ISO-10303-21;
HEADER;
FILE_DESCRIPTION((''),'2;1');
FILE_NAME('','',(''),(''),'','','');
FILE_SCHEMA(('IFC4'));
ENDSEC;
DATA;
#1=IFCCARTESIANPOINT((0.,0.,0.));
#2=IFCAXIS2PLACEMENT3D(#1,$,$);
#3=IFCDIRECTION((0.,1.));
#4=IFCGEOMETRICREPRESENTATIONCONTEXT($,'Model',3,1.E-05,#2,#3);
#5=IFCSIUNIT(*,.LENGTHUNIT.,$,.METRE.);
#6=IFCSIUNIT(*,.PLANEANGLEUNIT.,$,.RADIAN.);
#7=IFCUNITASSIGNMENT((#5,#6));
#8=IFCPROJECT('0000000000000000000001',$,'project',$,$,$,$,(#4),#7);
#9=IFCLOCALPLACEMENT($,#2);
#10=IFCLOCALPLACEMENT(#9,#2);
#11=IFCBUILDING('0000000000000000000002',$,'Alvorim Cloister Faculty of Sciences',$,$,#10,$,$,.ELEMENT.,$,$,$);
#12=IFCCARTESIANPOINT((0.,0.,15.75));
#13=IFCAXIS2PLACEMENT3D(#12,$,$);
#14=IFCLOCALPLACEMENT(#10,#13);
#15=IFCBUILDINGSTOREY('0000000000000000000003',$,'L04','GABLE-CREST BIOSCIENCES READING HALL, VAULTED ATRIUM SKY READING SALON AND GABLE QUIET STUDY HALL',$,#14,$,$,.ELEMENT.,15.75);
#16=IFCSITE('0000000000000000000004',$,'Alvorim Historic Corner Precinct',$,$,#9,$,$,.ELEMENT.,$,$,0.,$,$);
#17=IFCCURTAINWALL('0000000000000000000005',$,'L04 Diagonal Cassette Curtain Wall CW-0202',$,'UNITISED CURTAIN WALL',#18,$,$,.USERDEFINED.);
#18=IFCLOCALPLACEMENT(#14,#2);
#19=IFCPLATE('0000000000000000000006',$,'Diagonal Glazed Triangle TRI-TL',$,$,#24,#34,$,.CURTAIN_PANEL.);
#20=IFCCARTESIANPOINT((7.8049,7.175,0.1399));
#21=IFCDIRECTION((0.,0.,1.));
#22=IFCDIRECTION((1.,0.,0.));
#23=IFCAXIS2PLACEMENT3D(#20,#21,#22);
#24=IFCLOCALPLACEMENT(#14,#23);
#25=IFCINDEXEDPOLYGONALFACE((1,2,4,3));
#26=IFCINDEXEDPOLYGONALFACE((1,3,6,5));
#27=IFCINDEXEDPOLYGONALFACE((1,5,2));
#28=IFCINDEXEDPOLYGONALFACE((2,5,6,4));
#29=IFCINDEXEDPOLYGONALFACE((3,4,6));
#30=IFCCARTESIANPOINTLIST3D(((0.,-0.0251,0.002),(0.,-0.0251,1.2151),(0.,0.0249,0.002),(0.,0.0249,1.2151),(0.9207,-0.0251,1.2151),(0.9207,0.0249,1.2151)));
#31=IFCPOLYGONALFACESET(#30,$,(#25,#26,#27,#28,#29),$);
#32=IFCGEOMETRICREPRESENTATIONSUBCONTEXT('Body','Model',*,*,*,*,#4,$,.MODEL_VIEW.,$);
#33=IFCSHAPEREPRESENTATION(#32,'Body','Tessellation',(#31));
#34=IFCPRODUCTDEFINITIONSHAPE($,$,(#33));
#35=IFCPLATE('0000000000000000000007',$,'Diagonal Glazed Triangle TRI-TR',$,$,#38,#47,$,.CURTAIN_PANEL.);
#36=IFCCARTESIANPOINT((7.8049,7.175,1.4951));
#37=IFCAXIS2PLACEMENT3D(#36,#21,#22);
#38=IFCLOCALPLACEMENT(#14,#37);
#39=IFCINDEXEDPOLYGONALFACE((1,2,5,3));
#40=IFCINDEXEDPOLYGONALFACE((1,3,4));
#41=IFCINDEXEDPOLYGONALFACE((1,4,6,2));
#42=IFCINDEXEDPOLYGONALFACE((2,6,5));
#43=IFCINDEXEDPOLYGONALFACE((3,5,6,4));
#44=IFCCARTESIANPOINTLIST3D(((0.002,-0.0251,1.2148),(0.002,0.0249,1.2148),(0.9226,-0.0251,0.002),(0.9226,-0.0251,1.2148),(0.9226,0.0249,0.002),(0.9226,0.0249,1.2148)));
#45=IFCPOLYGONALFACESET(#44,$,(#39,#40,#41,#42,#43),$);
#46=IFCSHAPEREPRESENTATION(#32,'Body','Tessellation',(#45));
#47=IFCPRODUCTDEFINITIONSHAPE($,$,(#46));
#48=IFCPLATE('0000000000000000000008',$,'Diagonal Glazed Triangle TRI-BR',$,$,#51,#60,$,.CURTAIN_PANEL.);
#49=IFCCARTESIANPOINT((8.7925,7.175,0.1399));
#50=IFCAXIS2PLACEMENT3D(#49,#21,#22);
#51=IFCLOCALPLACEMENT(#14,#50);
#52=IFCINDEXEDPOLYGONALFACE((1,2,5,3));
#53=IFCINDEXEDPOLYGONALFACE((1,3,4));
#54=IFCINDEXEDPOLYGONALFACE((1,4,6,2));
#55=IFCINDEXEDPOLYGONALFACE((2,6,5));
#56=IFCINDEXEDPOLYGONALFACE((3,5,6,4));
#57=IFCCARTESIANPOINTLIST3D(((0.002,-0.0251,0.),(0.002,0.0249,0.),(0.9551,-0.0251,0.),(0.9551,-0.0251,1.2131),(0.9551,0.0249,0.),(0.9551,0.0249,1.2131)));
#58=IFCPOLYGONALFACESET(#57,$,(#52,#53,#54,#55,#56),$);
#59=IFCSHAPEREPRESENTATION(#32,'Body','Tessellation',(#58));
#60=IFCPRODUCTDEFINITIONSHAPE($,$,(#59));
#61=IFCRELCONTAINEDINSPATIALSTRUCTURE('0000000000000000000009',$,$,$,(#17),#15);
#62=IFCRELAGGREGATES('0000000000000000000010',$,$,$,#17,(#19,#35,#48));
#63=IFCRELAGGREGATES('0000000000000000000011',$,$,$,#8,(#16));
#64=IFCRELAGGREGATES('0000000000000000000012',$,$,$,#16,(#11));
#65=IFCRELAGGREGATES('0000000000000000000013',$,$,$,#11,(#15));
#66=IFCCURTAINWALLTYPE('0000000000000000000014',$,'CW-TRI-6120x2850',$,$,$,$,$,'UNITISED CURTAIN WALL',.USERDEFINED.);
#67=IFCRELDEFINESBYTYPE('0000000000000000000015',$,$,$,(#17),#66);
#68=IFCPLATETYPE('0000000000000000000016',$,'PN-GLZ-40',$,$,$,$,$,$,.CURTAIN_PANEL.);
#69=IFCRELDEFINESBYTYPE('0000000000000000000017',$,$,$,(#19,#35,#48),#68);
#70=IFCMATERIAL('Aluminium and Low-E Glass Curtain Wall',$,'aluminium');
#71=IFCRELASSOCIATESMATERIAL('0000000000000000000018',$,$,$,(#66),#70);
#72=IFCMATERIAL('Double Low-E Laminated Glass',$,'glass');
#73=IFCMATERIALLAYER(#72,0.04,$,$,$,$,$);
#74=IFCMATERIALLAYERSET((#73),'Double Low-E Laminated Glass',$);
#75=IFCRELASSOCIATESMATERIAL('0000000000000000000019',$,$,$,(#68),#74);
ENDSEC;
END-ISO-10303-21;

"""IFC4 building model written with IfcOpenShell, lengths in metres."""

from ifc_helpers import new_model, si_unit, direction, frame, origin, place, context, subcontext, project, spatial, polyline, outline, extrude, material, layer, layer_set, type_object, element, aggregate, save


model = new_model("IFC4")

# Units and contexts
model_context = context("Model", 3, precision=1e-05, world=origin(), true_north=direction((0.0, 1.0)))
body_context = subcontext(model_context, "Body", "Model", "MODEL_VIEW")
ifc_project = project(units=[si_unit("LENGTHUNIT", "METRE"), si_unit("PLANEANGLEUNIT", "RADIAN")], contexts=[model_context])

# Site, building, storey
site_placement = place(None, origin())
site = spatial("IfcSite", under=ifc_project, at=site_placement, Name="Alvorim Historic Corner Precinct", CompositionType="ELEMENT", RefElevation=0.0)
building_placement = place(site_placement, origin())
building = spatial("IfcBuilding", under=site, at=building_placement, Name="Alvorim Cloister Faculty of Sciences", CompositionType="ELEMENT")
storey_placement = place(building_placement, frame((0.0, 0.0, 15.75)))
storey = spatial("IfcBuildingStorey", under=building, at=storey_placement, Name="L04", Description="GABLE-CREST BIOSCIENCES READING HALL, VAULTED ATRIUM SKY READING SALON AND GABLE QUIET STUDY HALL", CompositionType="ELEMENT", Elevation=15.75)

# Curtain wall, plates
ifc_material_1 = material(Name="Aluminium and Low-E Glass Curtain Wall", Category="aluminium")
curtain_wall_type = type_object("IfcCurtainWallType", Name="CW-TRI-6120x2850", ElementType="UNITISED CURTAIN WALL", PredefinedType="USERDEFINED", material=ifc_material_1)
curtain_wall_placement = place(storey_placement, origin())
curtain_wall = element("IfcCurtainWall", 1, at=curtain_wall_placement, inside=storey, type_object=curtain_wall_type, Name="L04 Diagonal Cassette Curtain Wall CW-0202", ObjectType="UNITISED CURTAIN WALL", PredefinedType="USERDEFINED")
ifc_material_2 = material(Name="Double Low-E Laminated Glass", Category="glass")
ifc_layer_1 = layer(ifc_material_2, 0.04)
ifc_layer_set_1 = layer_set([ifc_layer_1], Name="Double Low-E Laminated Glass")
plate_type = type_object("IfcPlateType", Name="PN-GLZ-40", PredefinedType="CURTAIN_PANEL", material=ifc_layer_set_1)
plate_1_placement = place(storey_placement, frame((7.8049, 7.175, 0.1399), z_axis=(0.0, 0.0, 1.0), x_axis=(1.0, 0.0, 0.0)))
plate_1 = element("IfcPlate", 2, at=plate_1_placement, type_object=plate_type, Name="Diagonal Glazed Triangle TRI-TL", PredefinedType="CURTAIN_PANEL", context=body_context, shape_type="SweptSolid", body=[
    extrude(outline(polyline([(0.9207, 1.2151), (0.0, 1.2151), (0.0, 0.002), (0.9207, 1.2151)])), frame((0.0, 0.0249, 0.0), z_axis=(0.0, -1.0, 0.0), x_axis=(1.0, 0.0, 0.0)), (0.0, 0.0, 1.0), 0.05),
])
plate_2_placement = place(storey_placement, frame((7.8049, 7.175, 1.4951), z_axis=(0.0, 0.0, 1.0), x_axis=(1.0, 0.0, 0.0)))
plate_2 = element("IfcPlate", 3, at=plate_2_placement, type_object=plate_type, Name="Diagonal Glazed Triangle TRI-TR", PredefinedType="CURTAIN_PANEL", context=body_context, shape_type="SweptSolid", body=[
    extrude(outline(polyline([(0.9226, 0.002), (0.9226, 1.2148), (0.002, 1.2148), (0.9226, 0.002)])), frame((0.0, 0.0249, 0.0), z_axis=(0.0, -1.0, 0.0), x_axis=(1.0, 0.0, 0.0)), (0.0, 0.0, 1.0), 0.05),
])
plate_3_placement = place(storey_placement, frame((8.7925, 7.175, 0.1399), z_axis=(0.0, 0.0, 1.0), x_axis=(1.0, 0.0, 0.0)))
plate_3 = element("IfcPlate", 4, at=plate_3_placement, type_object=plate_type, Name="Diagonal Glazed Triangle TRI-BR", PredefinedType="CURTAIN_PANEL", context=body_context, shape_type="SweptSolid", body=[
    extrude(outline(polyline([(0.002, 0.0), (0.9551, 0.0), (0.9551, 1.2131), (0.002, 0.0)])), frame((0.0, 0.0249, 0.0), z_axis=(0.0, -1.0, 0.0), x_axis=(1.0, 0.0, 0.0)), (0.0, 0.0, 1.0), 0.05),
])
aggregate(curtain_wall, [plate_1, plate_2, plate_3])

save(model, "model.ifc")
